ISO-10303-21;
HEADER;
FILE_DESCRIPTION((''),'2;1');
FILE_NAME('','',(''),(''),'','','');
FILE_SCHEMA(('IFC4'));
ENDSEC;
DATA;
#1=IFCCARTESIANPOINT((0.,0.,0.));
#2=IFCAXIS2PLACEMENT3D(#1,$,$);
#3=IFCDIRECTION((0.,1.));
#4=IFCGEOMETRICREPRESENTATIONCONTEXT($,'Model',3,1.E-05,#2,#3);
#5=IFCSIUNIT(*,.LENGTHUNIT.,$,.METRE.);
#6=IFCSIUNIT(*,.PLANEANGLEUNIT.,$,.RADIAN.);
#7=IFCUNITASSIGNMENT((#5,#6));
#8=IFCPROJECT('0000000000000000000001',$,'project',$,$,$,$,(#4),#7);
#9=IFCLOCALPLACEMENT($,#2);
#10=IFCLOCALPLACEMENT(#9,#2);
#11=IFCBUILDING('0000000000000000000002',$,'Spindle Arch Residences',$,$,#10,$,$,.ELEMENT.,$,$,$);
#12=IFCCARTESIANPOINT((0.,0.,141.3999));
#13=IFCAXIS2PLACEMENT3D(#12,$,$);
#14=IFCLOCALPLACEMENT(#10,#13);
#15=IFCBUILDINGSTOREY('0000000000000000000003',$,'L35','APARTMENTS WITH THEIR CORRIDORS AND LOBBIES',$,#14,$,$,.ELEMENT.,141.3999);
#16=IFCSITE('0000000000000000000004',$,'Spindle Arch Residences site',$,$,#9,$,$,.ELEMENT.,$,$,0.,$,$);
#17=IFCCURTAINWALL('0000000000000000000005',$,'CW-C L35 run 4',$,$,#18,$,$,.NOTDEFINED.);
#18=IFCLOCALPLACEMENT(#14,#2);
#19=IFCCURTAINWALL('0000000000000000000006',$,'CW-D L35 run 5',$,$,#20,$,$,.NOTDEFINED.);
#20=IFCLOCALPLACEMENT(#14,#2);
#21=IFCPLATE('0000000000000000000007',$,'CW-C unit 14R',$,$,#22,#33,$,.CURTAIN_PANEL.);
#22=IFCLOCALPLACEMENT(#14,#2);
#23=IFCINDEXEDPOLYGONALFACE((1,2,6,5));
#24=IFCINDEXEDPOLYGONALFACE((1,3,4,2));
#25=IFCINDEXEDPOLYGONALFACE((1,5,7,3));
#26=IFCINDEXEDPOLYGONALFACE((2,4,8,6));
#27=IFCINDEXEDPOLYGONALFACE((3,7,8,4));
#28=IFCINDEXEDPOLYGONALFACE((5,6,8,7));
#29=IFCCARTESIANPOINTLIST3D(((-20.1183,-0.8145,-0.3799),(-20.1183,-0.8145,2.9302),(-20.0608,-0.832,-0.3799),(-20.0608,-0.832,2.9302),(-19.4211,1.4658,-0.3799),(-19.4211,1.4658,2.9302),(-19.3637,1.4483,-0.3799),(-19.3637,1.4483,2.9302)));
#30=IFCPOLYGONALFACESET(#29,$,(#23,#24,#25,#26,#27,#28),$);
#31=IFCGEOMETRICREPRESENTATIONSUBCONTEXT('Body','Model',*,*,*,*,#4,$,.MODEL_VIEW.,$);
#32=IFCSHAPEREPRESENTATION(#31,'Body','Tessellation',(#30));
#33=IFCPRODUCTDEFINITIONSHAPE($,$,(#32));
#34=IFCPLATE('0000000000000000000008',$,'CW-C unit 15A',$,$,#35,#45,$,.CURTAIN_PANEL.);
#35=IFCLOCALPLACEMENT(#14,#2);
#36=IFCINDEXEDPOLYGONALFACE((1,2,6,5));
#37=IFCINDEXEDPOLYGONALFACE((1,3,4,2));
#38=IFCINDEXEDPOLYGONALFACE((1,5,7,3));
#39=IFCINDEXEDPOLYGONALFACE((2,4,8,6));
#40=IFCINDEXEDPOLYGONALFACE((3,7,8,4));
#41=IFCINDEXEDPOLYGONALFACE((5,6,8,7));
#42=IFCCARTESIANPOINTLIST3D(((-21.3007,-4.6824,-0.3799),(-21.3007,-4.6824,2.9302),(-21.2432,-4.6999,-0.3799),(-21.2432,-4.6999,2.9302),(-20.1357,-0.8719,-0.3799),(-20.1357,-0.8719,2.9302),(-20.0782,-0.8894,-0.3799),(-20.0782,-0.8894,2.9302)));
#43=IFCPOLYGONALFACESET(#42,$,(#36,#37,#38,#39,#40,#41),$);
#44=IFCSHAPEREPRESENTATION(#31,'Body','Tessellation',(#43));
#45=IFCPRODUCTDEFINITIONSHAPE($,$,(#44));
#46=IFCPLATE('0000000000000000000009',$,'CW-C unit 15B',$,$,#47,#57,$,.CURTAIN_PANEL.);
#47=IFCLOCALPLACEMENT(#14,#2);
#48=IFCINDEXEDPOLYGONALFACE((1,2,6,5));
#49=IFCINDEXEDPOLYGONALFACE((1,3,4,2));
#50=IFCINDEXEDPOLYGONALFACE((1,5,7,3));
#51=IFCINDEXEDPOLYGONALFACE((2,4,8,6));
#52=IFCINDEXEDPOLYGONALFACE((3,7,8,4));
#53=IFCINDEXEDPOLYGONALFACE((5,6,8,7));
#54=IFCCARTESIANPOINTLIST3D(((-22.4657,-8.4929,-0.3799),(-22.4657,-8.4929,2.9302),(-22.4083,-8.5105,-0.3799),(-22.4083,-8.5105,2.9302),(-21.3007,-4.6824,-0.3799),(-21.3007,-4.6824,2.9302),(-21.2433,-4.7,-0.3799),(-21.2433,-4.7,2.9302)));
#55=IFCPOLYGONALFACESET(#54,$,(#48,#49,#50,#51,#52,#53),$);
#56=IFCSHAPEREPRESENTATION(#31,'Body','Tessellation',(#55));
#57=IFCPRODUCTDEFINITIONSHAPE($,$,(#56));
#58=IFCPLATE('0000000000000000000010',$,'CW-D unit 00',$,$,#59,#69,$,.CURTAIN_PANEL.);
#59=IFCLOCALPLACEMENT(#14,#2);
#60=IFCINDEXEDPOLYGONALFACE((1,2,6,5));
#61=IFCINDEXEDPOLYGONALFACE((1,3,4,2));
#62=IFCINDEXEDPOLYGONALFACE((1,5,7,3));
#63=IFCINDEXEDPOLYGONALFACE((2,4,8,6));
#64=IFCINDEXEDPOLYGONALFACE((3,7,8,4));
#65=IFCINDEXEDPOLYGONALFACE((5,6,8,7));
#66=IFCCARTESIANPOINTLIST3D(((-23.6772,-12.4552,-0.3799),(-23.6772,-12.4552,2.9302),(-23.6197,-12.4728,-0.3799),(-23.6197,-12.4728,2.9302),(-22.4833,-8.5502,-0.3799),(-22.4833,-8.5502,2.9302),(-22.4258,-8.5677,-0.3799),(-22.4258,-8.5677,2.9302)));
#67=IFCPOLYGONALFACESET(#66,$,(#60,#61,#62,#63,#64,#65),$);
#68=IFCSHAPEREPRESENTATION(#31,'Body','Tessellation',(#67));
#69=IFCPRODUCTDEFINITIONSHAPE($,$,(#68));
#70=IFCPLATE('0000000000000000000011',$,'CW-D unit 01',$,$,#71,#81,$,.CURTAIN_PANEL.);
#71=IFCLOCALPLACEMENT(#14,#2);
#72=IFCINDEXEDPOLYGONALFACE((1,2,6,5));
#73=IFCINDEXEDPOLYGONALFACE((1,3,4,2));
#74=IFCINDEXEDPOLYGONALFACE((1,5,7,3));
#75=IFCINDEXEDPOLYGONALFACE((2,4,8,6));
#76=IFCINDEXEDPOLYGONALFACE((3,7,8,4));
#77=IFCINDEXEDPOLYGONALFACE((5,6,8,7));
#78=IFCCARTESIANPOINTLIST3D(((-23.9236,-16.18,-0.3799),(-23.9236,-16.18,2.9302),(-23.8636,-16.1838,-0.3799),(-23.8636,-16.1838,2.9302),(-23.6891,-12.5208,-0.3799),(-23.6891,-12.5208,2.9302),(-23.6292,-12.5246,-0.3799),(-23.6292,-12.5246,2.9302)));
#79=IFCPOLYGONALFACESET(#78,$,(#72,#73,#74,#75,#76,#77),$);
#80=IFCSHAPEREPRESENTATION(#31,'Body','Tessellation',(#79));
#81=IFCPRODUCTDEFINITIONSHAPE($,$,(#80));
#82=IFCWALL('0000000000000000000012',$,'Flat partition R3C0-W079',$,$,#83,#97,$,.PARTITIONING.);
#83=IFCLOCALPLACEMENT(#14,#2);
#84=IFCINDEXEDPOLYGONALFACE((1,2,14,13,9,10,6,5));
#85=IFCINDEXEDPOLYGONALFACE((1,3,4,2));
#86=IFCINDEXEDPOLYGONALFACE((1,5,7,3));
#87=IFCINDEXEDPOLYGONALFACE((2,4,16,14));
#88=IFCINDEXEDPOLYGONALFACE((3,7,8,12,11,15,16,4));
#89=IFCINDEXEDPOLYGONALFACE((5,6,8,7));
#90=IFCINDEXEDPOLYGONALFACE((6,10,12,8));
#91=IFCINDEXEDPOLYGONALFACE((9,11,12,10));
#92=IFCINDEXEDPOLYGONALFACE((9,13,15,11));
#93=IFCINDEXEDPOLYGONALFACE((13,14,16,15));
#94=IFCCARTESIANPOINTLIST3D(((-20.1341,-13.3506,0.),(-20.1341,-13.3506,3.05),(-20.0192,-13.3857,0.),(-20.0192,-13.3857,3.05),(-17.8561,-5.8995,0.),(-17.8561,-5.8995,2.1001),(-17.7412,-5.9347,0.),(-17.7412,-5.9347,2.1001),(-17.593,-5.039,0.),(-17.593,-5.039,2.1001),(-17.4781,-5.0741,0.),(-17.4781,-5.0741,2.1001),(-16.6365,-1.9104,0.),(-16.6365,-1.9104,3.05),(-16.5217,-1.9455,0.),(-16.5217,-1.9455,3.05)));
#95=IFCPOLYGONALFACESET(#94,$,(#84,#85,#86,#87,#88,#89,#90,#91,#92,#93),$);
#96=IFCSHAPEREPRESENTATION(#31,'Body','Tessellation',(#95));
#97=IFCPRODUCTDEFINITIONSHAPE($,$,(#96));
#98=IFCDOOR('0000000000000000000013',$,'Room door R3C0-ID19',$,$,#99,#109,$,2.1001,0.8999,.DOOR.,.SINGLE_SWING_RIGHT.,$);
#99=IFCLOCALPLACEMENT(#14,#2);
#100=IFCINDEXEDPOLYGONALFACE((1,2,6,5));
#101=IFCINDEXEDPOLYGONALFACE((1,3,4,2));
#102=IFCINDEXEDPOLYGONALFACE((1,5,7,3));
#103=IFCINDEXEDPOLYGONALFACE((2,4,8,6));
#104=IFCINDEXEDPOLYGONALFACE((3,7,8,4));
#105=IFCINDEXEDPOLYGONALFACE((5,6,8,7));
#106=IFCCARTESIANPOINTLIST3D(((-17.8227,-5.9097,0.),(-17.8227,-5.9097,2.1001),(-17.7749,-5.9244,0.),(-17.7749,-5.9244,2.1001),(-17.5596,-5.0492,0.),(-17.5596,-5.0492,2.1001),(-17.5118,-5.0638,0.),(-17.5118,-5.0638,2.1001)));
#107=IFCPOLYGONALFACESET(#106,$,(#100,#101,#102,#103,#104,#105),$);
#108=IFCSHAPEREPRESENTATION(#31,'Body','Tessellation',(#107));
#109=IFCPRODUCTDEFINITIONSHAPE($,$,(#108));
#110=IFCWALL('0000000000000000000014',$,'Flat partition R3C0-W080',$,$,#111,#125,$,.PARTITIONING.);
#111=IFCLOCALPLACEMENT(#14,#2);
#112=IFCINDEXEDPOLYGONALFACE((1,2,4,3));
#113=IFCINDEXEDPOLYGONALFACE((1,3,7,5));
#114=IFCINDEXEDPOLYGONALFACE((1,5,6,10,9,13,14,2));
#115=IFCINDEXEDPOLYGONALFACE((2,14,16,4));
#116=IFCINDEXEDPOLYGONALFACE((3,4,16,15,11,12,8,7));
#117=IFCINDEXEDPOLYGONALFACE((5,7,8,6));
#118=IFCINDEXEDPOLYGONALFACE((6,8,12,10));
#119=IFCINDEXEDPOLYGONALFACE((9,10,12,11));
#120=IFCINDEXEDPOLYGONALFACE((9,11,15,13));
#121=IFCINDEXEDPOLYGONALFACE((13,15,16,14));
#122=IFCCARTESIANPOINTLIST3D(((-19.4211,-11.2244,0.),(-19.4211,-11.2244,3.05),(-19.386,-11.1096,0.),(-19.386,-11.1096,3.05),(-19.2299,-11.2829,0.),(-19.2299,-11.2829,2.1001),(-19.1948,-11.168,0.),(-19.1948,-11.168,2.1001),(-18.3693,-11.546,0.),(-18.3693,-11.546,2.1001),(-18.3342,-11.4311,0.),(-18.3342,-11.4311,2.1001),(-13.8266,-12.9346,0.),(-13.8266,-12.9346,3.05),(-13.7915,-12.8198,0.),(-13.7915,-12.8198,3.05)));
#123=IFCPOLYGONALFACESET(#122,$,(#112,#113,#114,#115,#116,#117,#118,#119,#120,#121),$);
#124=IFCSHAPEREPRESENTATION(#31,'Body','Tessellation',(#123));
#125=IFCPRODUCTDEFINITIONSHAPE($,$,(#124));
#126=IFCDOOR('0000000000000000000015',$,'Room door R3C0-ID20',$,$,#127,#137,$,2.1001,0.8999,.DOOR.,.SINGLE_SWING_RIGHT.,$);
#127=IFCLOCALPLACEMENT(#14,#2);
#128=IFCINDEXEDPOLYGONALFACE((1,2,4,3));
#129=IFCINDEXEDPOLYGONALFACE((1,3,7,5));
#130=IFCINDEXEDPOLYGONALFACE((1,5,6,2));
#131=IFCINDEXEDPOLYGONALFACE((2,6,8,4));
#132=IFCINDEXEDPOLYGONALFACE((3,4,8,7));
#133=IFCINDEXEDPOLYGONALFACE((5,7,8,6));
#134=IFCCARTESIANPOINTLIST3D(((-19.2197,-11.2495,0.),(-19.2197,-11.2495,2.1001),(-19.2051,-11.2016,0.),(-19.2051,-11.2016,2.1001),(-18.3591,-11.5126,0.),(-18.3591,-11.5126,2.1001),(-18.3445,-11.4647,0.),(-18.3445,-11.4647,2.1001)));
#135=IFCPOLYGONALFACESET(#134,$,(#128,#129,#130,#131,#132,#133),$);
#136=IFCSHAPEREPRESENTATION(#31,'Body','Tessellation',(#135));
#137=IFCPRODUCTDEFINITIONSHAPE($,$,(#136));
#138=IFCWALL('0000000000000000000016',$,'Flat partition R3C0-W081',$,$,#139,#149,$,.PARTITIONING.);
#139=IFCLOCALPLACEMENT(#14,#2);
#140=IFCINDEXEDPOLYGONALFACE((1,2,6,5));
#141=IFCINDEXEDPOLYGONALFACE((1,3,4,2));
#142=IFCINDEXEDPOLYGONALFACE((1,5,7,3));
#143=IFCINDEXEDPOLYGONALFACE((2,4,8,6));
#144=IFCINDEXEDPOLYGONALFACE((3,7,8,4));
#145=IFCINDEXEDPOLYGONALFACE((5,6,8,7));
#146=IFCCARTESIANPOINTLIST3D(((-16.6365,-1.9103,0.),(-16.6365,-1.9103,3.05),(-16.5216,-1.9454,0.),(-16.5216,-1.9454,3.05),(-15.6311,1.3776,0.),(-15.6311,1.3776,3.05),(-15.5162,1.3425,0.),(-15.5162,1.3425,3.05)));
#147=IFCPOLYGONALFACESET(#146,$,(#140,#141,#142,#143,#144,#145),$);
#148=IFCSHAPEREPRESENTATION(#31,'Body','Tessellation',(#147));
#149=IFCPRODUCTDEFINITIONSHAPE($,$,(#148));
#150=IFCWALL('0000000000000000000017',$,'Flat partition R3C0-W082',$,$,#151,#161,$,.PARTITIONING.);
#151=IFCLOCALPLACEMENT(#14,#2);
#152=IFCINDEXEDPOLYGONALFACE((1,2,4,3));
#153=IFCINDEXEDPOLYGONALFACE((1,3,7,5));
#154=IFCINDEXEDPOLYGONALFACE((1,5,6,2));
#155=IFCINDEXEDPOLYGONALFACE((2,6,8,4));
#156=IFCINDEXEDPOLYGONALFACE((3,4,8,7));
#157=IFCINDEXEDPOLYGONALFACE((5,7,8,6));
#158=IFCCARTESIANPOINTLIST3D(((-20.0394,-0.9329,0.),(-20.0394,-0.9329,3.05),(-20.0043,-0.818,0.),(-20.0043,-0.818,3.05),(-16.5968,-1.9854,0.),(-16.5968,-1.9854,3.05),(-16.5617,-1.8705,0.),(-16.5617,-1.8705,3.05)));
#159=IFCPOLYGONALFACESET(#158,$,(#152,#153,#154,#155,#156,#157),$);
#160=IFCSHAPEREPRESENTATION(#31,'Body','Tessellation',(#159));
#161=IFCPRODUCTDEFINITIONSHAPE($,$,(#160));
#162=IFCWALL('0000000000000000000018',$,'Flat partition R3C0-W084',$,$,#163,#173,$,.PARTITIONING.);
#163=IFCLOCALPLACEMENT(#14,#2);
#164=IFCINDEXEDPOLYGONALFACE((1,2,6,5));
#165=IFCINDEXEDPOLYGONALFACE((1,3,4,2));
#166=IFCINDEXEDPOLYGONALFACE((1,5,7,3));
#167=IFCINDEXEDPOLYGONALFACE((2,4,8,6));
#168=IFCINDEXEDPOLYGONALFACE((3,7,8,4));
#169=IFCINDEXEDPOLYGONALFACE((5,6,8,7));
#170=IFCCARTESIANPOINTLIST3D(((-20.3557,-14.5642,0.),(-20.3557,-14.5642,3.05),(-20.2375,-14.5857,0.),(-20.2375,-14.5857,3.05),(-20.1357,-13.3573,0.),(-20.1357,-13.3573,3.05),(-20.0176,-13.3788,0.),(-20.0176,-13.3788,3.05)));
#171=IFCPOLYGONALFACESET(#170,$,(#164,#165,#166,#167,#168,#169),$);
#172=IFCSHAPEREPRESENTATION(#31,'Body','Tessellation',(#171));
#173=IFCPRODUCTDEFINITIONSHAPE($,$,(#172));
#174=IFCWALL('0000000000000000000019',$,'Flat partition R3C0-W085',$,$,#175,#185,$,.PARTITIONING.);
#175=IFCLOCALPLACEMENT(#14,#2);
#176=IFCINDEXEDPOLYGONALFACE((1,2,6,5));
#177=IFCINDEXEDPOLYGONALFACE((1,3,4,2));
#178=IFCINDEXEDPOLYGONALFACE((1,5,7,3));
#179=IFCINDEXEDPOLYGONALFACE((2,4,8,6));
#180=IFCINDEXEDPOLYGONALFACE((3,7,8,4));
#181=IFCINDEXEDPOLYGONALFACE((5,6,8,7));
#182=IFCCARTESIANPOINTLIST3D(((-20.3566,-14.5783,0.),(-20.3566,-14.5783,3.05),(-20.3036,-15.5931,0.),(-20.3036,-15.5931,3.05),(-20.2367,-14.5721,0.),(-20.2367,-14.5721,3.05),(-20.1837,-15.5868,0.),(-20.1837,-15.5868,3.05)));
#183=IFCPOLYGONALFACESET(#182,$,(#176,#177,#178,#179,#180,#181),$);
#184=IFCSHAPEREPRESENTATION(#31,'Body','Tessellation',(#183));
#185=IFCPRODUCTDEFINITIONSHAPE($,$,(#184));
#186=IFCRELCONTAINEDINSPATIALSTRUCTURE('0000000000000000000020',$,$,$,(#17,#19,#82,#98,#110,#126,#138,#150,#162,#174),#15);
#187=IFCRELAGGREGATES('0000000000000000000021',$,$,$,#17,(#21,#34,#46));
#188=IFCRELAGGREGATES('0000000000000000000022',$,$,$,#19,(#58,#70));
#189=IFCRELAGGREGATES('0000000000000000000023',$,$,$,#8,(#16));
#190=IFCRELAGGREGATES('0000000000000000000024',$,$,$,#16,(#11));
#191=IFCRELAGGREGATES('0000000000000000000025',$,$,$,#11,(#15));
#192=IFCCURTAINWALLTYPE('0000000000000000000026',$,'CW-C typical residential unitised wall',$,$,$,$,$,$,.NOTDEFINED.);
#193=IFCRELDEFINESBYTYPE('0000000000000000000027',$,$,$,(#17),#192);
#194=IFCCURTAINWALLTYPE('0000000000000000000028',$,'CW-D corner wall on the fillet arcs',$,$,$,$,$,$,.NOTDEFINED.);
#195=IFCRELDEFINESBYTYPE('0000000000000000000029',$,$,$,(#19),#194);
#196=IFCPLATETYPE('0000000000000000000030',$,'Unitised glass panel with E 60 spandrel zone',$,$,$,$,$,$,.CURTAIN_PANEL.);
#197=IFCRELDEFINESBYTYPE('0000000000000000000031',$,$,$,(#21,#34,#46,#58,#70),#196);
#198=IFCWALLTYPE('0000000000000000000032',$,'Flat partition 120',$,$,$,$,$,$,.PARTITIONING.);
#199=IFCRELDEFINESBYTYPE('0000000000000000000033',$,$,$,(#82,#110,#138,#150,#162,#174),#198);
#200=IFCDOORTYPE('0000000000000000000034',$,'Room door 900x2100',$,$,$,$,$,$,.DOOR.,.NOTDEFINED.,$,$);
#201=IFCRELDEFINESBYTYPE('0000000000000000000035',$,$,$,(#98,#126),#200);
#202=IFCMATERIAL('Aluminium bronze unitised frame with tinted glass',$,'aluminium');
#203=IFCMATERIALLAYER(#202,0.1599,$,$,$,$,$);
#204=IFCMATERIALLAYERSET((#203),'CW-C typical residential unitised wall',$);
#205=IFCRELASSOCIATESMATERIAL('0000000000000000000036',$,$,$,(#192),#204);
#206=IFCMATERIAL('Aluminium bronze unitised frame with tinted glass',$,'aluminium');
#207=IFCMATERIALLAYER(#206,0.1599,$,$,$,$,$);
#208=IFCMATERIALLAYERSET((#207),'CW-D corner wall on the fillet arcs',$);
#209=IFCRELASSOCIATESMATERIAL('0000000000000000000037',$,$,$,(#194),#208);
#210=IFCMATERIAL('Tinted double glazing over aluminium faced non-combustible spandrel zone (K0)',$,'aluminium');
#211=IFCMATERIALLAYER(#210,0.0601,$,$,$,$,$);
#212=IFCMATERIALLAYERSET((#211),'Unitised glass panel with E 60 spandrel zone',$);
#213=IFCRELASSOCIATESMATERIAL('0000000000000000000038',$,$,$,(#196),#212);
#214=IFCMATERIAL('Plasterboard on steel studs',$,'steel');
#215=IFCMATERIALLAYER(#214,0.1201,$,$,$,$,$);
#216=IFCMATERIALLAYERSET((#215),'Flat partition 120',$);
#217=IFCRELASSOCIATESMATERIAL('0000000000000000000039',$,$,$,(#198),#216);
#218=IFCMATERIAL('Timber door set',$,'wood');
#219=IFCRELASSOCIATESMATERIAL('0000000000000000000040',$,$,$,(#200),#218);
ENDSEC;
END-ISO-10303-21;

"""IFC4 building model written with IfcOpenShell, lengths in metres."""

from ifc_helpers import new_model, si_unit, direction, frame, frame_2d, origin, origin_2d, place, context, subcontext, project, spatial, rectangle, extrude, material, layer, layer_set, type_object, element, fill, aggregate, save


model = new_model("IFC4")

# Units and contexts
model_context = context("Model", 3, precision=1e-05, world=origin(), true_north=direction((0.0, 1.0)))
body_context = subcontext(model_context, "Body", "Model", "MODEL_VIEW")
ifc_project = project(units=[si_unit("LENGTHUNIT", "METRE"), si_unit("PLANEANGLEUNIT", "RADIAN")], contexts=[model_context])

# Site, building, storey
site_placement = place(None, origin())
site = spatial("IfcSite", under=ifc_project, at=site_placement, Name="Spindle Arch Residences site", CompositionType="ELEMENT", RefElevation=0.0)
building_placement = place(site_placement, origin())
building = spatial("IfcBuilding", under=site, at=building_placement, Name="Spindle Arch Residences", CompositionType="ELEMENT")
storey_placement = place(building_placement, frame((0.0, 0.0, 141.3999)))
storey = spatial("IfcBuildingStorey", under=building, at=storey_placement, Name="L35", Description="APARTMENTS WITH THEIR CORRIDORS AND LOBBIES", CompositionType="ELEMENT", Elevation=141.3999)

# Curtain wall
ifc_material_1 = material(Name="Aluminium bronze unitised frame with tinted glass", Category="aluminium")
ifc_layer_1 = layer(ifc_material_1, 0.1599)
ifc_layer_set_1 = layer_set([ifc_layer_1], Name="CW-C typical residential unitised wall")
curtain_wall_type_1 = type_object("IfcCurtainWallType", Name="CW-C typical residential unitised wall", PredefinedType="NOTDEFINED", material=ifc_layer_set_1)
curtain_wall_1_placement = place(storey_placement, origin())
curtain_wall_1 = element("IfcCurtainWall", 1, at=curtain_wall_1_placement, inside=storey, type_object=curtain_wall_type_1, Name="CW-C L35 run 4", PredefinedType="NOTDEFINED")

# Curtain wall
ifc_material_2 = material(Name="Aluminium bronze unitised frame with tinted glass", Category="aluminium")
ifc_layer_2 = layer(ifc_material_2, 0.1599)
ifc_layer_set_2 = layer_set([ifc_layer_2], Name="CW-D corner wall on the fillet arcs")
curtain_wall_type_2 = type_object("IfcCurtainWallType", Name="CW-D corner wall on the fillet arcs", PredefinedType="NOTDEFINED", material=ifc_layer_set_2)
curtain_wall_2_placement = place(storey_placement, origin())
curtain_wall_2 = element("IfcCurtainWall", 2, at=curtain_wall_2_placement, inside=storey, type_object=curtain_wall_type_2, Name="CW-D L35 run 5", PredefinedType="NOTDEFINED")

# Plates
ifc_material_3 = material(Name="Tinted double glazing over aluminium faced non-combustible spandrel zone (K0)", Category="aluminium")
ifc_layer_3 = layer(ifc_material_3, 0.0601)
ifc_layer_set_3 = layer_set([ifc_layer_3], Name="Unitised glass panel with E 60 spandrel zone")
plate_type = type_object("IfcPlateType", Name="Unitised glass panel with E 60 spandrel zone", PredefinedType="CURTAIN_PANEL", material=ifc_layer_set_3)
plate_1_placement = place(storey_placement, frame((-19.741, 0.3169, -0.3799), z_axis=(0.0, 0.0, 1.0), x_axis=(-0.292372, -0.956305, 0.0)))
plate_1 = element("IfcPlate", 3, at=plate_1_placement, type_object=plate_type, Name="CW-C unit 14R", PredefinedType="CURTAIN_PANEL", context=body_context, shape_type="SweptSolid", body=[
    extrude(rectangle(XDim=2.3845, YDim=0.0601, at=origin_2d()), origin(), (0.0, 0.0, 1.0), 3.3101),
])
plate_2_placement = place(storey_placement, frame((-20.6895, -2.7859, -0.3799), z_axis=(0.0, 0.0, 1.0), x_axis=(-0.292372, -0.956305, 0.0)))
plate_2 = element("IfcPlate", 4, at=plate_2_placement, type_object=plate_type, Name="CW-C unit 15A", PredefinedType="CURTAIN_PANEL", context=body_context, shape_type="SweptSolid", body=[
    extrude(rectangle(XDim=3.9846, YDim=0.0601, at=origin_2d()), origin(), (0.0, 0.0, 1.0), 3.3101),
])
plate_3_placement = place(storey_placement, frame((-21.8545, -6.5964, -0.3799), z_axis=(0.0, 0.0, 1.0), x_axis=(-0.292372, -0.956305, 0.0)))
plate_3 = element("IfcPlate", 5, at=plate_3_placement, type_object=plate_type, Name="CW-C unit 15B", PredefinedType="CURTAIN_PANEL", context=body_context, shape_type="SweptSolid", body=[
    extrude(rectangle(XDim=3.9846, YDim=0.0601, at=origin_2d()), origin(), (0.0, 0.0, 1.0), 3.3101),
])
aggregate(curtain_wall_1, [plate_1, plate_2, plate_3])
plate_4_placement = place(storey_placement, frame((-23.0515, -10.5115, -0.3799), z_axis=(0.0, 0.0, 1.0), x_axis=(-0.292372, -0.956305, 0.0)))
plate_4 = element("IfcPlate", 6, at=plate_4_placement, type_object=plate_type, Name="CW-D unit 00", PredefinedType="CURTAIN_PANEL", context=body_context, shape_type="SweptSolid", body=[
    extrude(rectangle(XDim=4.0835, YDim=0.0601, at=origin_2d()), origin(), (0.0, 0.0, 1.0), 3.3101),
])
plate_5_placement = place(storey_placement, frame((-23.7764, -14.3523, -0.3799), z_axis=(0.0, 0.0, 1.0), x_axis=(-0.063952, -0.997953, 0.0)))
plate_5 = element("IfcPlate", 7, at=plate_5_placement, type_object=plate_type, Name="CW-D unit 01", PredefinedType="CURTAIN_PANEL", context=body_context, shape_type="SweptSolid", body=[
    extrude(rectangle(XDim=3.6667, YDim=0.0601, at=origin_2d()), origin(), (0.0, 0.0, 1.0), 3.3101),
])
aggregate(curtain_wall_2, [plate_4, plate_5])

# Walls, openings, doors
ifc_material_4 = material(Name="Plasterboard on steel studs", Category="steel")
ifc_layer_4 = layer(ifc_material_4, 0.1201)
ifc_layer_set_4 = layer_set([ifc_layer_4], Name="Flat partition 120")
wall_type_1 = type_object("IfcWallType", Name="Flat partition 120", PredefinedType="PARTITIONING", material=ifc_layer_set_4)
wall_1_placement = place(storey_placement, frame((-16.5791, -1.928, 0.0), z_axis=(0.0, 0.0, 1.0), x_axis=(-0.292367, -0.956306, 0.0)))
wall_1 = element("IfcWall", 8, at=wall_1_placement, inside=storey, type_object=wall_type_1, Name="Flat partition R3C0-W079", PredefinedType="PARTITIONING", context=body_context, shape_type="SweptSolid", body=[
    extrude(rectangle(XDim=11.9629, YDim=0.1201, at=frame_2d((5.9814, 0.0))), origin(), (0.0, 0.0, 1.0), 3.05),
])
opening_1_placement = place(wall_1_placement, frame((3.2715, 0.0, 0.0)))
opening_1 = element("IfcOpeningElement", 9, at=opening_1_placement, cuts=wall_1, PredefinedType="OPENING", context=body_context, shape_type="SweptSolid", body=[
    extrude(rectangle(XDim=0.8999, YDim=2.1001, at=frame_2d((0.45, 1.05))), frame((0.0, 0.0701, 0.0), z_axis=(0.0, -1.0, 0.0), x_axis=(1.0, 0.0, 0.0)), (0.0, 0.0, 1.0), 0.1401),
])
ifc_material_5 = material(Name="Timber door set", Category="wood")
door_type = type_object("IfcDoorType", Name="Room door 900x2100", OperationType="NOTDEFINED", PredefinedType="DOOR", material=ifc_material_5)
door_1_placement = place(opening_1_placement, origin())
door_1 = element("IfcDoor", 10, at=door_1_placement, inside=storey, type_object=door_type, Name="Room door R3C0-ID19", OperationType="SINGLE_SWING_RIGHT", OverallHeight=2.1001, OverallWidth=0.8999, PredefinedType="DOOR", context=body_context, shape_type="SweptSolid", body=[
    extrude(rectangle(XDim=0.8999, YDim=2.1001, at=frame_2d((0.45, 1.05))), frame((0.0, 0.0249, 0.0), z_axis=(0.0, -1.0, 0.0), x_axis=(1.0, 0.0, 0.0)), (0.0, 0.0, 1.0), 0.05),
])
fill(opening_1, door_1)
wall_2_placement = place(storey_placement, frame((-19.4036, -11.167, 0.0), z_axis=(0.0, 0.0, 1.0), x_axis=(0.956314, -0.29234, 0.0)))
wall_2 = element("IfcWall", 11, at=wall_2_placement, inside=storey, type_object=wall_type_1, Name="Flat partition R3C0-W080", PredefinedType="PARTITIONING", context=body_context, shape_type="SweptSolid", body=[
    extrude(rectangle(XDim=5.8501, YDim=0.1201, at=frame_2d((2.925, 0.0))), origin(), (0.0, 0.0, 1.0), 3.05),
])
opening_2_placement = place(wall_2_placement, frame((0.2, 0.0, 0.0)))
opening_2 = element("IfcOpeningElement", 12, at=opening_2_placement, cuts=wall_2, PredefinedType="OPENING", context=body_context, shape_type="SweptSolid", body=[
    extrude(rectangle(XDim=0.8999, YDim=2.1001, at=frame_2d((0.45, 1.05))), frame((0.0, 0.0701, 0.0), z_axis=(0.0, -1.0, 0.0), x_axis=(1.0, 0.0, 0.0)), (0.0, 0.0, 1.0), 0.1401),
])
door_2_placement = place(opening_2_placement, origin())
door_2 = element("IfcDoor", 13, at=door_2_placement, inside=storey, type_object=door_type, Name="Room door R3C0-ID20", OperationType="SINGLE_SWING_RIGHT", OverallHeight=2.1001, OverallWidth=0.8999, PredefinedType="DOOR", context=body_context, shape_type="SweptSolid", body=[
    extrude(rectangle(XDim=0.8999, YDim=2.1001, at=frame_2d((0.45, 1.05))), frame((0.0, 0.0249, 0.0), z_axis=(0.0, -1.0, 0.0), x_axis=(1.0, 0.0, 0.0)), (0.0, 0.0, 1.0), 0.05),
])
fill(opening_2, door_2)

# Walls
wall_3_placement = place(storey_placement, frame((-16.5791, -1.928, 0.0), z_axis=(0.0, 0.0, 1.0), x_axis=(0.292419, 0.95629, 0.0)))
element("IfcWall", 14, at=wall_3_placement, inside=storey, type_object=wall_type_1, Name="Flat partition R3C0-W081", PredefinedType="PARTITIONING", context=body_context, shape_type="SweptSolid", body=[
    extrude(rectangle(XDim=3.4382, YDim=0.1201, at=frame_2d((1.7192, 0.0))), origin(), (0.0, 0.0, 1.0), 3.05),
])
wall_4_placement = place(storey_placement, frame((-20.0217, -0.8755, 0.0), z_axis=(0.0, 0.0, 1.0), x_axis=(0.956307, -0.292365, 0.0)))
element("IfcWall", 15, at=wall_4_placement, inside=storey, type_object=wall_type_1, Name="Flat partition R3C0-W082", PredefinedType="PARTITIONING", context=body_context, shape_type="SweptSolid", body=[
    extrude(rectangle(XDim=3.5999, YDim=0.1201, at=frame_2d((1.7998, 0.0))), origin(), (0.0, 0.0, 1.0), 3.05),
])
wall_5_placement = place(storey_placement, frame((-20.0767, -13.3682, 0.0), z_axis=(0.0, 0.0, 1.0), x_axis=(-0.179288, -0.983797, 0.0)))
element("IfcWall", 16, at=wall_5_placement, inside=storey, type_object=wall_type_1, Name="Flat partition R3C0-W084", PredefinedType="PARTITIONING", context=body_context, shape_type="SweptSolid", body=[
    extrude(rectangle(XDim=1.2268, YDim=0.1201, at=frame_2d((0.6133, 0.0))), origin(), (0.0, 0.0, 1.0), 3.05),
])
wall_6_placement = place(storey_placement, frame((-20.2966, -14.5752, 0.0), z_axis=(0.0, 0.0, 1.0), x_axis=(0.052143, -0.99864, 0.0)))
element("IfcWall", 17, at=wall_6_placement, inside=storey, type_object=wall_type_1, Name="Flat partition R3C0-W085", PredefinedType="PARTITIONING", context=body_context, shape_type="SweptSolid", body=[
    extrude(rectangle(XDim=1.0161, YDim=0.1201, at=frame_2d((0.5081, 0.0))), origin(), (0.0, 0.0, 1.0), 3.05),
])

save(model, "model.ifc")
